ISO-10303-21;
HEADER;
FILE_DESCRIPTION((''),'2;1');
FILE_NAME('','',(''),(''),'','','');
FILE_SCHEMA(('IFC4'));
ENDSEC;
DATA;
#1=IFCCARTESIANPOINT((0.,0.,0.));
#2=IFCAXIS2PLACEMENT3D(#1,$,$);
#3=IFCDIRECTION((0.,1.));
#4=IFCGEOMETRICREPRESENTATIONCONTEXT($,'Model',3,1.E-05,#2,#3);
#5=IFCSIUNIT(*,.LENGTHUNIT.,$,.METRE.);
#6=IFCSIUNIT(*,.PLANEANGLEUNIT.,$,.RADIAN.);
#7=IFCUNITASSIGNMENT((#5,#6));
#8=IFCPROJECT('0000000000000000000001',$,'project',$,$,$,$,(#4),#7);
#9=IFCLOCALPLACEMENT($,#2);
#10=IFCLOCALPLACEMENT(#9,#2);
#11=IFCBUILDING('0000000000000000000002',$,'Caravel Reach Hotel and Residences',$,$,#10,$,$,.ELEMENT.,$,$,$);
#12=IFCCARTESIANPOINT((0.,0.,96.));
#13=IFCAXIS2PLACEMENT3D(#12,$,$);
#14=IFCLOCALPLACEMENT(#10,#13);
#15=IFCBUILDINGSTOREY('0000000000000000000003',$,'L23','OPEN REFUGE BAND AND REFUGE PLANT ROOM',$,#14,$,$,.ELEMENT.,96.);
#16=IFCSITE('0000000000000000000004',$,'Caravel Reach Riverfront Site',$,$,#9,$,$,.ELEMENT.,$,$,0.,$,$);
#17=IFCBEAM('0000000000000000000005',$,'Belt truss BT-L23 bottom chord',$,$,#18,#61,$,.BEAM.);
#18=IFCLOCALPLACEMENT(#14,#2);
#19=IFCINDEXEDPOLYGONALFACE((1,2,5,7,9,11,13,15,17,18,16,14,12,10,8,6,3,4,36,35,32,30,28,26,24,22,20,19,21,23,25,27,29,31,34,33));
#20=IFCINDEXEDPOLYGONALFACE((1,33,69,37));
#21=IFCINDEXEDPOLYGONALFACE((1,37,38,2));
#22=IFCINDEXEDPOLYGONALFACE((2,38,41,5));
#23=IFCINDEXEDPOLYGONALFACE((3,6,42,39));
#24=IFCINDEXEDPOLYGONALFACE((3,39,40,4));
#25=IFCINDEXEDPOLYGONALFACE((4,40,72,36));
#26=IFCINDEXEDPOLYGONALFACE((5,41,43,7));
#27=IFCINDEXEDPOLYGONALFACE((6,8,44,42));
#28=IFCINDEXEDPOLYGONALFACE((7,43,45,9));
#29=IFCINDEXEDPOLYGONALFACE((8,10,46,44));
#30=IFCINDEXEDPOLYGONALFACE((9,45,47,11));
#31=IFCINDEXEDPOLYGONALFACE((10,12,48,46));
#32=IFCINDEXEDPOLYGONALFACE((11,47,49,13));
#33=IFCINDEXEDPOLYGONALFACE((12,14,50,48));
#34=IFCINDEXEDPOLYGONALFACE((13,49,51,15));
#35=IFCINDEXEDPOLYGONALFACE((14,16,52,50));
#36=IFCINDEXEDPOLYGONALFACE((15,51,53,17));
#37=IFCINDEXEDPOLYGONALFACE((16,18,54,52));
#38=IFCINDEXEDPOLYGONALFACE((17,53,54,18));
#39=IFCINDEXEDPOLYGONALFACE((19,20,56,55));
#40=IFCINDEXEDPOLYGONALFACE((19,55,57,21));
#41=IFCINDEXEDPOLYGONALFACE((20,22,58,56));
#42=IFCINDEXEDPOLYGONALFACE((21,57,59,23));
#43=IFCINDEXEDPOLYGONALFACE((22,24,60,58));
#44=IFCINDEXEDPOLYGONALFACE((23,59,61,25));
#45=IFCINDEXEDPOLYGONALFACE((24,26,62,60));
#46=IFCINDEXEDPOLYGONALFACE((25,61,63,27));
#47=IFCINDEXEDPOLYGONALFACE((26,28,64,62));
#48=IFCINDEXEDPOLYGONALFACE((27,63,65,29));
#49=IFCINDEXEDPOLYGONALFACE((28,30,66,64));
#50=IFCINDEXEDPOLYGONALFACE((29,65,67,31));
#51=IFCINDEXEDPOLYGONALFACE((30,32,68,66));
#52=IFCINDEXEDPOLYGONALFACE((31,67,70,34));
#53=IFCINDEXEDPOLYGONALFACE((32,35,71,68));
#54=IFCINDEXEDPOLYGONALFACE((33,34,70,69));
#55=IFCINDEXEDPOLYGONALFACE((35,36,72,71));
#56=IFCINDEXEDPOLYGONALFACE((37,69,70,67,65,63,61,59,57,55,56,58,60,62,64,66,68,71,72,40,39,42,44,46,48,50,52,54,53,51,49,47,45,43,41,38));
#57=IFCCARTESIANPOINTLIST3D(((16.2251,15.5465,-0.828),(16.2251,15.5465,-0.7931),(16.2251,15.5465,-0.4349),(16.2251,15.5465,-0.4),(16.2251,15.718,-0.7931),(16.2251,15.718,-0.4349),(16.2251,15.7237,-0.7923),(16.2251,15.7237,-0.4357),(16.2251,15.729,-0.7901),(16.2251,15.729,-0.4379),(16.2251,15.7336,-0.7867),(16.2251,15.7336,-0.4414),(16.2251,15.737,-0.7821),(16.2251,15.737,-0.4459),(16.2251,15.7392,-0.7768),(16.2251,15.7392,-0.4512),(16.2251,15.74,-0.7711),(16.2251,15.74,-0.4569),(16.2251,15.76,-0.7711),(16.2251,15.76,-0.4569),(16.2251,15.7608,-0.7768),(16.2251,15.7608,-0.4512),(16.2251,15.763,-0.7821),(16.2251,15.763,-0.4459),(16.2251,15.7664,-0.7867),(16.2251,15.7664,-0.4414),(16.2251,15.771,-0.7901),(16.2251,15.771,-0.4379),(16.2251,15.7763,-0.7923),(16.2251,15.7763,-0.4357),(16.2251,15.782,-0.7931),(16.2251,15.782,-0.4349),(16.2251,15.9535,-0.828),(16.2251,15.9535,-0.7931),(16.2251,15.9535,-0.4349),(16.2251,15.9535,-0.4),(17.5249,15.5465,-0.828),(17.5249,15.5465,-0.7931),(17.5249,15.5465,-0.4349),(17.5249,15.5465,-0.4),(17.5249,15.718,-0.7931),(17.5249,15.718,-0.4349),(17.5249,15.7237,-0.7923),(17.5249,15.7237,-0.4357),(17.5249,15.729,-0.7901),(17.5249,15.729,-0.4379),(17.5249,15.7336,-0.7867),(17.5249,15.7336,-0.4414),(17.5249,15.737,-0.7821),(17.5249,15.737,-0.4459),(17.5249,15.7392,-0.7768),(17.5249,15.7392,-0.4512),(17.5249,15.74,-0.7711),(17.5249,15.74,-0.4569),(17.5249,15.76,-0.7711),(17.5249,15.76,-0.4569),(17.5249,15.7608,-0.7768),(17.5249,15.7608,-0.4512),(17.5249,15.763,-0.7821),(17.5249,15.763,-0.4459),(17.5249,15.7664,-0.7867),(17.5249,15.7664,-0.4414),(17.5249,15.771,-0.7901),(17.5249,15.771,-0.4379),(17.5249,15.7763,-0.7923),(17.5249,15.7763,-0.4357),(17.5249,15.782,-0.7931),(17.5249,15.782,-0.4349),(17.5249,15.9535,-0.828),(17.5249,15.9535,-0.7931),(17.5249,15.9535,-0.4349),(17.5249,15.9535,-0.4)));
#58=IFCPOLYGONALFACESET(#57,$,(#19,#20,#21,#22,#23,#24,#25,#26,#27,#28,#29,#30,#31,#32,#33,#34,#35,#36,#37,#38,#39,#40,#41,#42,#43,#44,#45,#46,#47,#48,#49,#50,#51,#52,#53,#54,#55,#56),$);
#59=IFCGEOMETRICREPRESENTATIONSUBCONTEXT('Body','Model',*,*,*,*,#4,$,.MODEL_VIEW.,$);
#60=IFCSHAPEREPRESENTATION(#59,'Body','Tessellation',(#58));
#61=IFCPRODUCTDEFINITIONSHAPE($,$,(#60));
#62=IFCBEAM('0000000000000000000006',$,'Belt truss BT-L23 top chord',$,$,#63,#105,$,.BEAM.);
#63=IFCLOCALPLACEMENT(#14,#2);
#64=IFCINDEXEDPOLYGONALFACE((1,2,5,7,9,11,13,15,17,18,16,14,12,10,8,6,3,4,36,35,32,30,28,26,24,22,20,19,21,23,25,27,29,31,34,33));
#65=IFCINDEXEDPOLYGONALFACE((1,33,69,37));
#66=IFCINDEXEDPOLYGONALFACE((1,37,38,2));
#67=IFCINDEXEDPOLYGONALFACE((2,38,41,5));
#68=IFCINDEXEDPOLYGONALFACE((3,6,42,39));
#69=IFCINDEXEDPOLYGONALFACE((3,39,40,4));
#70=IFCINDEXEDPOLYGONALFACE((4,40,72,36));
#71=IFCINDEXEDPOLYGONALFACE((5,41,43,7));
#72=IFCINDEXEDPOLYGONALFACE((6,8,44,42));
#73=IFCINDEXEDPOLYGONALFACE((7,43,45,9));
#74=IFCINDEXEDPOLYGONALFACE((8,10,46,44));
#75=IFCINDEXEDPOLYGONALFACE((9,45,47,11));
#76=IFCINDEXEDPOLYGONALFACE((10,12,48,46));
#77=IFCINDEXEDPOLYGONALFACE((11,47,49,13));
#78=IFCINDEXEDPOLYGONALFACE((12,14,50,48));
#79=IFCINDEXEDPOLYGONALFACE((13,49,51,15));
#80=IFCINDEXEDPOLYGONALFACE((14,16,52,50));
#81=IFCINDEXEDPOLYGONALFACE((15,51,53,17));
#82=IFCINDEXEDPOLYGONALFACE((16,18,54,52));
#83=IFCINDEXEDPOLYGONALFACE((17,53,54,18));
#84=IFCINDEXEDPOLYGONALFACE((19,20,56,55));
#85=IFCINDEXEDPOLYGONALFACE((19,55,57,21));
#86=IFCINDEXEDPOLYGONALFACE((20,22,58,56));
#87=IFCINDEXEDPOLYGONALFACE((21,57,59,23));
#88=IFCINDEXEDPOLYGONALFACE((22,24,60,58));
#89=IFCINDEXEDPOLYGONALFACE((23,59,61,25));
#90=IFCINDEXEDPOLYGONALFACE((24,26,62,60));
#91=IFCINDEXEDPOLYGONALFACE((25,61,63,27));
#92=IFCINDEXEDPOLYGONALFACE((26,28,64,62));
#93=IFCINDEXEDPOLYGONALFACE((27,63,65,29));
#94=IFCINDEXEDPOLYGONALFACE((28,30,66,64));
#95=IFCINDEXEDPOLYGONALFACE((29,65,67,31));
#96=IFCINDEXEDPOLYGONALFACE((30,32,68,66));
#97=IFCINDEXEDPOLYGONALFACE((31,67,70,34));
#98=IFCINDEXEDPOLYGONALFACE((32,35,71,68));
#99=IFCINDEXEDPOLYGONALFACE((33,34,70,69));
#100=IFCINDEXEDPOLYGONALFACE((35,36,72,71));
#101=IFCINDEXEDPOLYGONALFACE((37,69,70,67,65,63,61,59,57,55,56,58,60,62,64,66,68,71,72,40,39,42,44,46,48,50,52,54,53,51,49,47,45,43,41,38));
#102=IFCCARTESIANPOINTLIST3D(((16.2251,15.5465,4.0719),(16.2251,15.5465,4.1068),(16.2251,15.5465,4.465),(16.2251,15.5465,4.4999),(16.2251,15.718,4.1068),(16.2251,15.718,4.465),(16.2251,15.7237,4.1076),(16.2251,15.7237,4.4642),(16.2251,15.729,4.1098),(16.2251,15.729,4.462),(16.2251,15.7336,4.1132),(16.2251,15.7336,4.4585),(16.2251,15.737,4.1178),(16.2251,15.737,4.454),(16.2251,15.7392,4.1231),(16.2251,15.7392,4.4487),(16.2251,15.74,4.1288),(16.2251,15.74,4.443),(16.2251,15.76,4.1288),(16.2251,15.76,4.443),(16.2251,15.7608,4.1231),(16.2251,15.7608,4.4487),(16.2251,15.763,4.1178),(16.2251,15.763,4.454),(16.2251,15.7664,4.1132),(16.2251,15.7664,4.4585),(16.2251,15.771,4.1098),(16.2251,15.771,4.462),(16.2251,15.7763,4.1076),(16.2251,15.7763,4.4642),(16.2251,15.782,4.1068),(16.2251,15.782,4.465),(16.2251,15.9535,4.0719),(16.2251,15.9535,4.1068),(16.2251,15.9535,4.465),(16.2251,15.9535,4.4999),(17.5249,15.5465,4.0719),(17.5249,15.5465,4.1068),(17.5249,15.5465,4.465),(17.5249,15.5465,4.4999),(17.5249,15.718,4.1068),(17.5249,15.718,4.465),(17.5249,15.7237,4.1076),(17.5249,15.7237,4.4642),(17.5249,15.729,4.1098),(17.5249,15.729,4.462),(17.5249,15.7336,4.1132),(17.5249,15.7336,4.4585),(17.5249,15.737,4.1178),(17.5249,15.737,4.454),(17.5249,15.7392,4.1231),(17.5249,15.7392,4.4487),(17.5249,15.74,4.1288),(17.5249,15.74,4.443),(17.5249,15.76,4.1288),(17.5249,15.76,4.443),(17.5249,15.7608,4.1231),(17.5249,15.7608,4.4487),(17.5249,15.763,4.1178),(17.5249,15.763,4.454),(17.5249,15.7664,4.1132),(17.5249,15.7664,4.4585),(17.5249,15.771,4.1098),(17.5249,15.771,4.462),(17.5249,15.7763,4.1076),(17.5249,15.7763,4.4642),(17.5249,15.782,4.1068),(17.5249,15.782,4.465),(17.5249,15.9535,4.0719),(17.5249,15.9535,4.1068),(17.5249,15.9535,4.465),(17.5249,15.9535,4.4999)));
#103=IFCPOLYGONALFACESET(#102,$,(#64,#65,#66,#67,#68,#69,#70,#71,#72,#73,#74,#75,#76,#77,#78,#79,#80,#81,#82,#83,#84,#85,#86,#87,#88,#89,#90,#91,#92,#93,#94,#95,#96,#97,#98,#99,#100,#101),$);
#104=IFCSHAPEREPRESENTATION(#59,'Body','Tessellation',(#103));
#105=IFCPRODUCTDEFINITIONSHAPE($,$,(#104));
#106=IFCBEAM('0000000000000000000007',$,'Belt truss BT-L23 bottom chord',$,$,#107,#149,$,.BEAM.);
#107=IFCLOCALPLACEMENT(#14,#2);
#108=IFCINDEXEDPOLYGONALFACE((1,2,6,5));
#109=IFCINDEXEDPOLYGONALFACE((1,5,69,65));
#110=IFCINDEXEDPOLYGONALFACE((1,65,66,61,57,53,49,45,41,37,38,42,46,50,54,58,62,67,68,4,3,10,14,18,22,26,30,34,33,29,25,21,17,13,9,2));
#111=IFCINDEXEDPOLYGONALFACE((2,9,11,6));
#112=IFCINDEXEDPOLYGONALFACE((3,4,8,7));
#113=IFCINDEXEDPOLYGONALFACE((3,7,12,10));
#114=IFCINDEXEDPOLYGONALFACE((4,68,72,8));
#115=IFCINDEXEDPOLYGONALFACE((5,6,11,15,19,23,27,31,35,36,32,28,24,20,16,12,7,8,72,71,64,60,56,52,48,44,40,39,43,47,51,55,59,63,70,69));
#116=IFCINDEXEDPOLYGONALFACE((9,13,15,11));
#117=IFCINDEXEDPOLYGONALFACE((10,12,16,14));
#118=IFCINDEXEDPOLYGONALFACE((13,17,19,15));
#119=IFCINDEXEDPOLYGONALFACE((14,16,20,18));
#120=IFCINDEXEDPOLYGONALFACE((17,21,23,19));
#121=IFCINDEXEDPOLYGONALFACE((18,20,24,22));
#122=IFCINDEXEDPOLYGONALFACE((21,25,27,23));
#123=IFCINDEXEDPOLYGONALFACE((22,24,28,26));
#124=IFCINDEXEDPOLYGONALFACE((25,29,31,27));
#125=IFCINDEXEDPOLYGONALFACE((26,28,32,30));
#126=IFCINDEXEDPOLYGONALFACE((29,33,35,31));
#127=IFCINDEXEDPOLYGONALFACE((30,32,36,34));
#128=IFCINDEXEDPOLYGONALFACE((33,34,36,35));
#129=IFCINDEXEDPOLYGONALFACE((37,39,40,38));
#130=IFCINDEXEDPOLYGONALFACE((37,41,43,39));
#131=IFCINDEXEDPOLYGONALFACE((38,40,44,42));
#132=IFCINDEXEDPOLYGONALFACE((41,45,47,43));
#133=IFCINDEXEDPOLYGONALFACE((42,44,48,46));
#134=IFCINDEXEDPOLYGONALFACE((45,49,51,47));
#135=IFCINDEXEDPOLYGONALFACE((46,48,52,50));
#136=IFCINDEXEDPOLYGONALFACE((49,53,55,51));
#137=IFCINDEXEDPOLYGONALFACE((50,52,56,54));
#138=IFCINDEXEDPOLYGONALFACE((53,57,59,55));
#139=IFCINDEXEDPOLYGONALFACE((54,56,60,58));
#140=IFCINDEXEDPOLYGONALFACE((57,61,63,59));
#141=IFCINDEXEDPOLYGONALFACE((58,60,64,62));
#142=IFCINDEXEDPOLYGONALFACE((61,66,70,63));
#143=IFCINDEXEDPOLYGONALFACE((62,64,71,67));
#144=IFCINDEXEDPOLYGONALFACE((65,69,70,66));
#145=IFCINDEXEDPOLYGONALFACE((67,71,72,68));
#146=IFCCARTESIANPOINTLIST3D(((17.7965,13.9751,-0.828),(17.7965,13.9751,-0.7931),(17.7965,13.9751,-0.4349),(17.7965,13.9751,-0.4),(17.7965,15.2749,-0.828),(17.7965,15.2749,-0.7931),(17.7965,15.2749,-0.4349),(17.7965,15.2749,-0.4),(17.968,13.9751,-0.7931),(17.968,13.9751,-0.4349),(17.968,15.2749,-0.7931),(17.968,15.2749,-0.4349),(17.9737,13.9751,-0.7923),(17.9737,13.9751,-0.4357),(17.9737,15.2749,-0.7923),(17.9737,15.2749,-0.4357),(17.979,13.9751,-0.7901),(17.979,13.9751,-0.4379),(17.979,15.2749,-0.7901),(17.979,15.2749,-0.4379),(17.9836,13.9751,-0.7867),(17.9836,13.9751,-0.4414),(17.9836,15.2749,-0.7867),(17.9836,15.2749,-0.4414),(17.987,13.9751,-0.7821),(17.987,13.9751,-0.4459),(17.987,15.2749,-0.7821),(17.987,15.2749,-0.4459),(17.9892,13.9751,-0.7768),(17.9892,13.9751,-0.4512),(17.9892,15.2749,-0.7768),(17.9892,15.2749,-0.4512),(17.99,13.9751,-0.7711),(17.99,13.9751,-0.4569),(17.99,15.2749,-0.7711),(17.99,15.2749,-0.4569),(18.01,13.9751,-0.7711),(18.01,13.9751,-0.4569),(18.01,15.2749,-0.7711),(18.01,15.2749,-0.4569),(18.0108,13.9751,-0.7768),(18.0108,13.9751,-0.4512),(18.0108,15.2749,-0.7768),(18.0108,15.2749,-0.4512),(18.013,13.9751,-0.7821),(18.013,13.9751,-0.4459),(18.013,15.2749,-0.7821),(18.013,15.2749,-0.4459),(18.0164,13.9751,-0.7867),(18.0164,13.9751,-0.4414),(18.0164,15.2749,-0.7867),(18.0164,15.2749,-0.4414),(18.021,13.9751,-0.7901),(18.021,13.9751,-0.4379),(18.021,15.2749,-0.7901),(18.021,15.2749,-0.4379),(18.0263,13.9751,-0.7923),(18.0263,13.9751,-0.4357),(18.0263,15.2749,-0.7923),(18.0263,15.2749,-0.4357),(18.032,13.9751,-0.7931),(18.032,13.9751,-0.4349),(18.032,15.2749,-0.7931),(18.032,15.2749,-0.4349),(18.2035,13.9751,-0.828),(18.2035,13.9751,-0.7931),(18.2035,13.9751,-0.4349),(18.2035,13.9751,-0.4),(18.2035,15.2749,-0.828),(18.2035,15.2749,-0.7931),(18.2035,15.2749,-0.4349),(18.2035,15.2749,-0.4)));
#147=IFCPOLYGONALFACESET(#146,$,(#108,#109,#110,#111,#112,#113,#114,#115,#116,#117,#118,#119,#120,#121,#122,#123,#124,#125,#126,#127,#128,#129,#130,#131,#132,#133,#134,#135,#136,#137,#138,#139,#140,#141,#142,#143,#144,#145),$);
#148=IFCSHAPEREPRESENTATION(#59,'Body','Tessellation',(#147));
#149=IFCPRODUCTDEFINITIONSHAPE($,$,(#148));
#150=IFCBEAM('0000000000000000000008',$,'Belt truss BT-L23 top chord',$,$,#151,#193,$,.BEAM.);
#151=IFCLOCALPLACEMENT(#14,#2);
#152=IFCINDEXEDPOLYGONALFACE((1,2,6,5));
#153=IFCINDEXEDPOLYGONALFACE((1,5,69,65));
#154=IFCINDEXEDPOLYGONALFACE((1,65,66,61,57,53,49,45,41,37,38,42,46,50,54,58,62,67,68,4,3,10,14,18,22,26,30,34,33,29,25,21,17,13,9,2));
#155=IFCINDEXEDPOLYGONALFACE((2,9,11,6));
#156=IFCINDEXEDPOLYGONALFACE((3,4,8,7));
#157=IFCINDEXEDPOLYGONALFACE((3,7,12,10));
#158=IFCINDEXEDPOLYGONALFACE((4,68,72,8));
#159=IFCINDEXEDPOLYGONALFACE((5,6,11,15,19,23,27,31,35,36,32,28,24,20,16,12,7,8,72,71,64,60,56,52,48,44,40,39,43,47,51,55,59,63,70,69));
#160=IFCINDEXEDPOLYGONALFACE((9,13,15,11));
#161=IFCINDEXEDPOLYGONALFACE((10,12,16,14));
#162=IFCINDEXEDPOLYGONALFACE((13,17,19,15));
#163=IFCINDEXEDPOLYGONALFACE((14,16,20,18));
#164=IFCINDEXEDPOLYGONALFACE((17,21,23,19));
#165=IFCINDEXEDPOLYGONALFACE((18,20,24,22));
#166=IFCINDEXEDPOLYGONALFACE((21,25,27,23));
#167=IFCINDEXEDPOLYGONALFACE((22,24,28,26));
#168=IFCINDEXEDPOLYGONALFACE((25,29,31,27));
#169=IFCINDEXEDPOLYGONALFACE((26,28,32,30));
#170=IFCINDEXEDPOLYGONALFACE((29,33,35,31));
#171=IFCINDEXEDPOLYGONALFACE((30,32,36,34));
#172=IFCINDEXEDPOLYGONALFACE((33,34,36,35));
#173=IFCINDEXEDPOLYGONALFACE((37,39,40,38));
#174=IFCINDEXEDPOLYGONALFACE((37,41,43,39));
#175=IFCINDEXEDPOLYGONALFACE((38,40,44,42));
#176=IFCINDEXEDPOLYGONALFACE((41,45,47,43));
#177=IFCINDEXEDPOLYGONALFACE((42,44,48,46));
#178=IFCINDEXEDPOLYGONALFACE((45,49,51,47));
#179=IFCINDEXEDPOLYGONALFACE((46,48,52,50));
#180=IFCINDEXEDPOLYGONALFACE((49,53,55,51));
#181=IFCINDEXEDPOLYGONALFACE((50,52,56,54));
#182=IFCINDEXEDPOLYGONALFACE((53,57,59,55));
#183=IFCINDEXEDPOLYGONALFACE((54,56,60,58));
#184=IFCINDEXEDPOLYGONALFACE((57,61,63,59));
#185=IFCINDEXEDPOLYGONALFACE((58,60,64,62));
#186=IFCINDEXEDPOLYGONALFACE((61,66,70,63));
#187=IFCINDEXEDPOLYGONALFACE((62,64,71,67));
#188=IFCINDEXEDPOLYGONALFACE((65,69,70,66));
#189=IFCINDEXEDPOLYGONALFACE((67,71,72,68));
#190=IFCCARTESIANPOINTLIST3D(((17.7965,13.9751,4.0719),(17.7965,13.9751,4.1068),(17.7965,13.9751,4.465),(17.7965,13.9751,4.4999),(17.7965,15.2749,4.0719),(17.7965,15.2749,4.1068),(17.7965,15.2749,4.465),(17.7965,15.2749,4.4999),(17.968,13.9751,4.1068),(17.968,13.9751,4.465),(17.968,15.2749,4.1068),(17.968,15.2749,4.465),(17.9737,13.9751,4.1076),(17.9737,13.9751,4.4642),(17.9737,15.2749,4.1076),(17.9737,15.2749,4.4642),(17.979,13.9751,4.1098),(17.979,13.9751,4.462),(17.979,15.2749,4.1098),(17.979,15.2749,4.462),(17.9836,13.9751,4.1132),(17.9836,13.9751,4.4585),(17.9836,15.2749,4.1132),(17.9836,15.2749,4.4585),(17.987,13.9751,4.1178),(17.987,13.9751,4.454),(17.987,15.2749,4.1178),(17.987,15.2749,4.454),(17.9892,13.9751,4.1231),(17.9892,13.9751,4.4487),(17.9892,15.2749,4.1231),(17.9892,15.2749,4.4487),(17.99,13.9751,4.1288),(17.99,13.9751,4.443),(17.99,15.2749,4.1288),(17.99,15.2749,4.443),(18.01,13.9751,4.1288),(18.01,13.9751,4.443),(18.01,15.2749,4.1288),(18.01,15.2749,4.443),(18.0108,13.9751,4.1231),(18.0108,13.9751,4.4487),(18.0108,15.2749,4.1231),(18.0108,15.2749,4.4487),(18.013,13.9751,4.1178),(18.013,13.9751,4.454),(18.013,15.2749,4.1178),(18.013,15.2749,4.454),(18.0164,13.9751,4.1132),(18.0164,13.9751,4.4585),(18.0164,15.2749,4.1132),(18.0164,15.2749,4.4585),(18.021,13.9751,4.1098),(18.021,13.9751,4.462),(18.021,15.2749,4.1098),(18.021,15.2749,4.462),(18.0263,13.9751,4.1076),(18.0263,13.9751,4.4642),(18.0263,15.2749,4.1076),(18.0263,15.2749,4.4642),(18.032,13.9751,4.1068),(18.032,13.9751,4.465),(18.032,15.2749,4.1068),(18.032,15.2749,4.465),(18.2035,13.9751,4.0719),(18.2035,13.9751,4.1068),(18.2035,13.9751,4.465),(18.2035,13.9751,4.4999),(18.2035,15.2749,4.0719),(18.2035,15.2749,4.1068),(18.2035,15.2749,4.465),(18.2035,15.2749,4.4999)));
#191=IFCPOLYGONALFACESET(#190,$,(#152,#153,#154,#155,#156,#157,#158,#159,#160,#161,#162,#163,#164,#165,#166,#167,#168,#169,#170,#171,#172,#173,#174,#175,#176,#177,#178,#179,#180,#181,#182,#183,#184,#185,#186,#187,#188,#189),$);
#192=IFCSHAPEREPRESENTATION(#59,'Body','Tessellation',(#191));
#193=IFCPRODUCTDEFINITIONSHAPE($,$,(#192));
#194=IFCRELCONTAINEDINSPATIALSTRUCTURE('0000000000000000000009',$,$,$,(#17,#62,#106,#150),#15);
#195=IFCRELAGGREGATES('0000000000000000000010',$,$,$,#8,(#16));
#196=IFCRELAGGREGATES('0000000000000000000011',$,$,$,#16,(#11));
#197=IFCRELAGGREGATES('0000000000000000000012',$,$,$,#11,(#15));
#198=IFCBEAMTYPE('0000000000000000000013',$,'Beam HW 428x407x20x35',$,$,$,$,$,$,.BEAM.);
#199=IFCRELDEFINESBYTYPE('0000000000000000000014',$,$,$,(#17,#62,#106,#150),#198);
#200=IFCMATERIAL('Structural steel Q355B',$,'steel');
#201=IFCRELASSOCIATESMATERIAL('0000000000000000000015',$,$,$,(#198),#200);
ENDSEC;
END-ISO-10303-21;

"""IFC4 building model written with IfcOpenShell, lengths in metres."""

from ifc_helpers import new_model, si_unit, direction, frame, origin, origin_2d, place, context, subcontext, project, spatial, i_section, extrude, material, material_profile, profile_set, type_object, element, save


model = new_model("IFC4")

# Units and contexts
model_context = context("Model", 3, precision=1e-05, world=origin(), true_north=direction((0.0, 1.0)))
body_context = subcontext(model_context, "Body", "Model", "MODEL_VIEW")
ifc_project = project(units=[si_unit("LENGTHUNIT", "METRE"), si_unit("PLANEANGLEUNIT", "RADIAN")], contexts=[model_context])

# Site, building, storey
site_placement = place(None, origin())
site = spatial("IfcSite", under=ifc_project, at=site_placement, Name="Caravel Reach Riverfront Site", CompositionType="ELEMENT", RefElevation=0.0)
building_placement = place(site_placement, origin())
building = spatial("IfcBuilding", under=site, at=building_placement, Name="Caravel Reach Hotel and Residences", CompositionType="ELEMENT")
storey_placement = place(building_placement, frame((0.0, 0.0, 96.0)))
storey = spatial("IfcBuildingStorey", under=building, at=storey_placement, Name="L23", Description="OPEN REFUGE BAND AND REFUGE PLANT ROOM", CompositionType="ELEMENT", Elevation=96.0)

# Beams
ifc_material_1 = material(Name="Structural steel Q355B", Category="steel")
ifc_material_profile_1 = material_profile(ifc_material_1, i_section(OverallWidth=0.407, OverallDepth=0.428, WebThickness=0.02, FlangeThickness=0.0349, FilletRadius=0.022, at=origin_2d()), Name="HW 428x407x20x35")
ifc_profile_set_1 = profile_set([ifc_material_profile_1], Name="Structural steel Q355B")
beam_type = type_object("IfcBeamType", Name="Beam HW 428x407x20x35", PredefinedType="BEAM", material=ifc_profile_set_1)
for number, where, z_axis, x_axis, name in (
    (1, (16.2251, 15.75, -0.614), (1.0, 0.0, 0.0), (0.0, 1.0, 0.0), "Belt truss BT-L23 bottom chord"),
    (2, (16.2251, 15.75, 4.2859), (1.0, 0.0, 0.0), (0.0, 1.0, 0.0), "Belt truss BT-L23 top chord"),
    (3, (18.0, 15.2749, -0.614), (0.0, -1.0, 0.0), (1.0, 0.0, 0.0), "Belt truss BT-L23 bottom chord"),
    (4, (18.0, 15.2749, 4.2859), (0.0, -1.0, 0.0), (1.0, 0.0, 0.0), "Belt truss BT-L23 top chord"),
):
    element("IfcBeam", number, at=place(storey_placement, frame(where, z_axis=z_axis, x_axis=x_axis)), inside=storey, type_object=beam_type, Name=name, PredefinedType="BEAM", context=body_context, shape_type="SweptSolid", body=[
        extrude(i_section(OverallWidth=0.407, OverallDepth=0.428, WebThickness=0.02, FlangeThickness=0.0349, FilletRadius=0.022, at=origin_2d()), origin(), (0.0, 0.0, 1.0), 1.2998),
    ])

save(model, "model.ifc")
